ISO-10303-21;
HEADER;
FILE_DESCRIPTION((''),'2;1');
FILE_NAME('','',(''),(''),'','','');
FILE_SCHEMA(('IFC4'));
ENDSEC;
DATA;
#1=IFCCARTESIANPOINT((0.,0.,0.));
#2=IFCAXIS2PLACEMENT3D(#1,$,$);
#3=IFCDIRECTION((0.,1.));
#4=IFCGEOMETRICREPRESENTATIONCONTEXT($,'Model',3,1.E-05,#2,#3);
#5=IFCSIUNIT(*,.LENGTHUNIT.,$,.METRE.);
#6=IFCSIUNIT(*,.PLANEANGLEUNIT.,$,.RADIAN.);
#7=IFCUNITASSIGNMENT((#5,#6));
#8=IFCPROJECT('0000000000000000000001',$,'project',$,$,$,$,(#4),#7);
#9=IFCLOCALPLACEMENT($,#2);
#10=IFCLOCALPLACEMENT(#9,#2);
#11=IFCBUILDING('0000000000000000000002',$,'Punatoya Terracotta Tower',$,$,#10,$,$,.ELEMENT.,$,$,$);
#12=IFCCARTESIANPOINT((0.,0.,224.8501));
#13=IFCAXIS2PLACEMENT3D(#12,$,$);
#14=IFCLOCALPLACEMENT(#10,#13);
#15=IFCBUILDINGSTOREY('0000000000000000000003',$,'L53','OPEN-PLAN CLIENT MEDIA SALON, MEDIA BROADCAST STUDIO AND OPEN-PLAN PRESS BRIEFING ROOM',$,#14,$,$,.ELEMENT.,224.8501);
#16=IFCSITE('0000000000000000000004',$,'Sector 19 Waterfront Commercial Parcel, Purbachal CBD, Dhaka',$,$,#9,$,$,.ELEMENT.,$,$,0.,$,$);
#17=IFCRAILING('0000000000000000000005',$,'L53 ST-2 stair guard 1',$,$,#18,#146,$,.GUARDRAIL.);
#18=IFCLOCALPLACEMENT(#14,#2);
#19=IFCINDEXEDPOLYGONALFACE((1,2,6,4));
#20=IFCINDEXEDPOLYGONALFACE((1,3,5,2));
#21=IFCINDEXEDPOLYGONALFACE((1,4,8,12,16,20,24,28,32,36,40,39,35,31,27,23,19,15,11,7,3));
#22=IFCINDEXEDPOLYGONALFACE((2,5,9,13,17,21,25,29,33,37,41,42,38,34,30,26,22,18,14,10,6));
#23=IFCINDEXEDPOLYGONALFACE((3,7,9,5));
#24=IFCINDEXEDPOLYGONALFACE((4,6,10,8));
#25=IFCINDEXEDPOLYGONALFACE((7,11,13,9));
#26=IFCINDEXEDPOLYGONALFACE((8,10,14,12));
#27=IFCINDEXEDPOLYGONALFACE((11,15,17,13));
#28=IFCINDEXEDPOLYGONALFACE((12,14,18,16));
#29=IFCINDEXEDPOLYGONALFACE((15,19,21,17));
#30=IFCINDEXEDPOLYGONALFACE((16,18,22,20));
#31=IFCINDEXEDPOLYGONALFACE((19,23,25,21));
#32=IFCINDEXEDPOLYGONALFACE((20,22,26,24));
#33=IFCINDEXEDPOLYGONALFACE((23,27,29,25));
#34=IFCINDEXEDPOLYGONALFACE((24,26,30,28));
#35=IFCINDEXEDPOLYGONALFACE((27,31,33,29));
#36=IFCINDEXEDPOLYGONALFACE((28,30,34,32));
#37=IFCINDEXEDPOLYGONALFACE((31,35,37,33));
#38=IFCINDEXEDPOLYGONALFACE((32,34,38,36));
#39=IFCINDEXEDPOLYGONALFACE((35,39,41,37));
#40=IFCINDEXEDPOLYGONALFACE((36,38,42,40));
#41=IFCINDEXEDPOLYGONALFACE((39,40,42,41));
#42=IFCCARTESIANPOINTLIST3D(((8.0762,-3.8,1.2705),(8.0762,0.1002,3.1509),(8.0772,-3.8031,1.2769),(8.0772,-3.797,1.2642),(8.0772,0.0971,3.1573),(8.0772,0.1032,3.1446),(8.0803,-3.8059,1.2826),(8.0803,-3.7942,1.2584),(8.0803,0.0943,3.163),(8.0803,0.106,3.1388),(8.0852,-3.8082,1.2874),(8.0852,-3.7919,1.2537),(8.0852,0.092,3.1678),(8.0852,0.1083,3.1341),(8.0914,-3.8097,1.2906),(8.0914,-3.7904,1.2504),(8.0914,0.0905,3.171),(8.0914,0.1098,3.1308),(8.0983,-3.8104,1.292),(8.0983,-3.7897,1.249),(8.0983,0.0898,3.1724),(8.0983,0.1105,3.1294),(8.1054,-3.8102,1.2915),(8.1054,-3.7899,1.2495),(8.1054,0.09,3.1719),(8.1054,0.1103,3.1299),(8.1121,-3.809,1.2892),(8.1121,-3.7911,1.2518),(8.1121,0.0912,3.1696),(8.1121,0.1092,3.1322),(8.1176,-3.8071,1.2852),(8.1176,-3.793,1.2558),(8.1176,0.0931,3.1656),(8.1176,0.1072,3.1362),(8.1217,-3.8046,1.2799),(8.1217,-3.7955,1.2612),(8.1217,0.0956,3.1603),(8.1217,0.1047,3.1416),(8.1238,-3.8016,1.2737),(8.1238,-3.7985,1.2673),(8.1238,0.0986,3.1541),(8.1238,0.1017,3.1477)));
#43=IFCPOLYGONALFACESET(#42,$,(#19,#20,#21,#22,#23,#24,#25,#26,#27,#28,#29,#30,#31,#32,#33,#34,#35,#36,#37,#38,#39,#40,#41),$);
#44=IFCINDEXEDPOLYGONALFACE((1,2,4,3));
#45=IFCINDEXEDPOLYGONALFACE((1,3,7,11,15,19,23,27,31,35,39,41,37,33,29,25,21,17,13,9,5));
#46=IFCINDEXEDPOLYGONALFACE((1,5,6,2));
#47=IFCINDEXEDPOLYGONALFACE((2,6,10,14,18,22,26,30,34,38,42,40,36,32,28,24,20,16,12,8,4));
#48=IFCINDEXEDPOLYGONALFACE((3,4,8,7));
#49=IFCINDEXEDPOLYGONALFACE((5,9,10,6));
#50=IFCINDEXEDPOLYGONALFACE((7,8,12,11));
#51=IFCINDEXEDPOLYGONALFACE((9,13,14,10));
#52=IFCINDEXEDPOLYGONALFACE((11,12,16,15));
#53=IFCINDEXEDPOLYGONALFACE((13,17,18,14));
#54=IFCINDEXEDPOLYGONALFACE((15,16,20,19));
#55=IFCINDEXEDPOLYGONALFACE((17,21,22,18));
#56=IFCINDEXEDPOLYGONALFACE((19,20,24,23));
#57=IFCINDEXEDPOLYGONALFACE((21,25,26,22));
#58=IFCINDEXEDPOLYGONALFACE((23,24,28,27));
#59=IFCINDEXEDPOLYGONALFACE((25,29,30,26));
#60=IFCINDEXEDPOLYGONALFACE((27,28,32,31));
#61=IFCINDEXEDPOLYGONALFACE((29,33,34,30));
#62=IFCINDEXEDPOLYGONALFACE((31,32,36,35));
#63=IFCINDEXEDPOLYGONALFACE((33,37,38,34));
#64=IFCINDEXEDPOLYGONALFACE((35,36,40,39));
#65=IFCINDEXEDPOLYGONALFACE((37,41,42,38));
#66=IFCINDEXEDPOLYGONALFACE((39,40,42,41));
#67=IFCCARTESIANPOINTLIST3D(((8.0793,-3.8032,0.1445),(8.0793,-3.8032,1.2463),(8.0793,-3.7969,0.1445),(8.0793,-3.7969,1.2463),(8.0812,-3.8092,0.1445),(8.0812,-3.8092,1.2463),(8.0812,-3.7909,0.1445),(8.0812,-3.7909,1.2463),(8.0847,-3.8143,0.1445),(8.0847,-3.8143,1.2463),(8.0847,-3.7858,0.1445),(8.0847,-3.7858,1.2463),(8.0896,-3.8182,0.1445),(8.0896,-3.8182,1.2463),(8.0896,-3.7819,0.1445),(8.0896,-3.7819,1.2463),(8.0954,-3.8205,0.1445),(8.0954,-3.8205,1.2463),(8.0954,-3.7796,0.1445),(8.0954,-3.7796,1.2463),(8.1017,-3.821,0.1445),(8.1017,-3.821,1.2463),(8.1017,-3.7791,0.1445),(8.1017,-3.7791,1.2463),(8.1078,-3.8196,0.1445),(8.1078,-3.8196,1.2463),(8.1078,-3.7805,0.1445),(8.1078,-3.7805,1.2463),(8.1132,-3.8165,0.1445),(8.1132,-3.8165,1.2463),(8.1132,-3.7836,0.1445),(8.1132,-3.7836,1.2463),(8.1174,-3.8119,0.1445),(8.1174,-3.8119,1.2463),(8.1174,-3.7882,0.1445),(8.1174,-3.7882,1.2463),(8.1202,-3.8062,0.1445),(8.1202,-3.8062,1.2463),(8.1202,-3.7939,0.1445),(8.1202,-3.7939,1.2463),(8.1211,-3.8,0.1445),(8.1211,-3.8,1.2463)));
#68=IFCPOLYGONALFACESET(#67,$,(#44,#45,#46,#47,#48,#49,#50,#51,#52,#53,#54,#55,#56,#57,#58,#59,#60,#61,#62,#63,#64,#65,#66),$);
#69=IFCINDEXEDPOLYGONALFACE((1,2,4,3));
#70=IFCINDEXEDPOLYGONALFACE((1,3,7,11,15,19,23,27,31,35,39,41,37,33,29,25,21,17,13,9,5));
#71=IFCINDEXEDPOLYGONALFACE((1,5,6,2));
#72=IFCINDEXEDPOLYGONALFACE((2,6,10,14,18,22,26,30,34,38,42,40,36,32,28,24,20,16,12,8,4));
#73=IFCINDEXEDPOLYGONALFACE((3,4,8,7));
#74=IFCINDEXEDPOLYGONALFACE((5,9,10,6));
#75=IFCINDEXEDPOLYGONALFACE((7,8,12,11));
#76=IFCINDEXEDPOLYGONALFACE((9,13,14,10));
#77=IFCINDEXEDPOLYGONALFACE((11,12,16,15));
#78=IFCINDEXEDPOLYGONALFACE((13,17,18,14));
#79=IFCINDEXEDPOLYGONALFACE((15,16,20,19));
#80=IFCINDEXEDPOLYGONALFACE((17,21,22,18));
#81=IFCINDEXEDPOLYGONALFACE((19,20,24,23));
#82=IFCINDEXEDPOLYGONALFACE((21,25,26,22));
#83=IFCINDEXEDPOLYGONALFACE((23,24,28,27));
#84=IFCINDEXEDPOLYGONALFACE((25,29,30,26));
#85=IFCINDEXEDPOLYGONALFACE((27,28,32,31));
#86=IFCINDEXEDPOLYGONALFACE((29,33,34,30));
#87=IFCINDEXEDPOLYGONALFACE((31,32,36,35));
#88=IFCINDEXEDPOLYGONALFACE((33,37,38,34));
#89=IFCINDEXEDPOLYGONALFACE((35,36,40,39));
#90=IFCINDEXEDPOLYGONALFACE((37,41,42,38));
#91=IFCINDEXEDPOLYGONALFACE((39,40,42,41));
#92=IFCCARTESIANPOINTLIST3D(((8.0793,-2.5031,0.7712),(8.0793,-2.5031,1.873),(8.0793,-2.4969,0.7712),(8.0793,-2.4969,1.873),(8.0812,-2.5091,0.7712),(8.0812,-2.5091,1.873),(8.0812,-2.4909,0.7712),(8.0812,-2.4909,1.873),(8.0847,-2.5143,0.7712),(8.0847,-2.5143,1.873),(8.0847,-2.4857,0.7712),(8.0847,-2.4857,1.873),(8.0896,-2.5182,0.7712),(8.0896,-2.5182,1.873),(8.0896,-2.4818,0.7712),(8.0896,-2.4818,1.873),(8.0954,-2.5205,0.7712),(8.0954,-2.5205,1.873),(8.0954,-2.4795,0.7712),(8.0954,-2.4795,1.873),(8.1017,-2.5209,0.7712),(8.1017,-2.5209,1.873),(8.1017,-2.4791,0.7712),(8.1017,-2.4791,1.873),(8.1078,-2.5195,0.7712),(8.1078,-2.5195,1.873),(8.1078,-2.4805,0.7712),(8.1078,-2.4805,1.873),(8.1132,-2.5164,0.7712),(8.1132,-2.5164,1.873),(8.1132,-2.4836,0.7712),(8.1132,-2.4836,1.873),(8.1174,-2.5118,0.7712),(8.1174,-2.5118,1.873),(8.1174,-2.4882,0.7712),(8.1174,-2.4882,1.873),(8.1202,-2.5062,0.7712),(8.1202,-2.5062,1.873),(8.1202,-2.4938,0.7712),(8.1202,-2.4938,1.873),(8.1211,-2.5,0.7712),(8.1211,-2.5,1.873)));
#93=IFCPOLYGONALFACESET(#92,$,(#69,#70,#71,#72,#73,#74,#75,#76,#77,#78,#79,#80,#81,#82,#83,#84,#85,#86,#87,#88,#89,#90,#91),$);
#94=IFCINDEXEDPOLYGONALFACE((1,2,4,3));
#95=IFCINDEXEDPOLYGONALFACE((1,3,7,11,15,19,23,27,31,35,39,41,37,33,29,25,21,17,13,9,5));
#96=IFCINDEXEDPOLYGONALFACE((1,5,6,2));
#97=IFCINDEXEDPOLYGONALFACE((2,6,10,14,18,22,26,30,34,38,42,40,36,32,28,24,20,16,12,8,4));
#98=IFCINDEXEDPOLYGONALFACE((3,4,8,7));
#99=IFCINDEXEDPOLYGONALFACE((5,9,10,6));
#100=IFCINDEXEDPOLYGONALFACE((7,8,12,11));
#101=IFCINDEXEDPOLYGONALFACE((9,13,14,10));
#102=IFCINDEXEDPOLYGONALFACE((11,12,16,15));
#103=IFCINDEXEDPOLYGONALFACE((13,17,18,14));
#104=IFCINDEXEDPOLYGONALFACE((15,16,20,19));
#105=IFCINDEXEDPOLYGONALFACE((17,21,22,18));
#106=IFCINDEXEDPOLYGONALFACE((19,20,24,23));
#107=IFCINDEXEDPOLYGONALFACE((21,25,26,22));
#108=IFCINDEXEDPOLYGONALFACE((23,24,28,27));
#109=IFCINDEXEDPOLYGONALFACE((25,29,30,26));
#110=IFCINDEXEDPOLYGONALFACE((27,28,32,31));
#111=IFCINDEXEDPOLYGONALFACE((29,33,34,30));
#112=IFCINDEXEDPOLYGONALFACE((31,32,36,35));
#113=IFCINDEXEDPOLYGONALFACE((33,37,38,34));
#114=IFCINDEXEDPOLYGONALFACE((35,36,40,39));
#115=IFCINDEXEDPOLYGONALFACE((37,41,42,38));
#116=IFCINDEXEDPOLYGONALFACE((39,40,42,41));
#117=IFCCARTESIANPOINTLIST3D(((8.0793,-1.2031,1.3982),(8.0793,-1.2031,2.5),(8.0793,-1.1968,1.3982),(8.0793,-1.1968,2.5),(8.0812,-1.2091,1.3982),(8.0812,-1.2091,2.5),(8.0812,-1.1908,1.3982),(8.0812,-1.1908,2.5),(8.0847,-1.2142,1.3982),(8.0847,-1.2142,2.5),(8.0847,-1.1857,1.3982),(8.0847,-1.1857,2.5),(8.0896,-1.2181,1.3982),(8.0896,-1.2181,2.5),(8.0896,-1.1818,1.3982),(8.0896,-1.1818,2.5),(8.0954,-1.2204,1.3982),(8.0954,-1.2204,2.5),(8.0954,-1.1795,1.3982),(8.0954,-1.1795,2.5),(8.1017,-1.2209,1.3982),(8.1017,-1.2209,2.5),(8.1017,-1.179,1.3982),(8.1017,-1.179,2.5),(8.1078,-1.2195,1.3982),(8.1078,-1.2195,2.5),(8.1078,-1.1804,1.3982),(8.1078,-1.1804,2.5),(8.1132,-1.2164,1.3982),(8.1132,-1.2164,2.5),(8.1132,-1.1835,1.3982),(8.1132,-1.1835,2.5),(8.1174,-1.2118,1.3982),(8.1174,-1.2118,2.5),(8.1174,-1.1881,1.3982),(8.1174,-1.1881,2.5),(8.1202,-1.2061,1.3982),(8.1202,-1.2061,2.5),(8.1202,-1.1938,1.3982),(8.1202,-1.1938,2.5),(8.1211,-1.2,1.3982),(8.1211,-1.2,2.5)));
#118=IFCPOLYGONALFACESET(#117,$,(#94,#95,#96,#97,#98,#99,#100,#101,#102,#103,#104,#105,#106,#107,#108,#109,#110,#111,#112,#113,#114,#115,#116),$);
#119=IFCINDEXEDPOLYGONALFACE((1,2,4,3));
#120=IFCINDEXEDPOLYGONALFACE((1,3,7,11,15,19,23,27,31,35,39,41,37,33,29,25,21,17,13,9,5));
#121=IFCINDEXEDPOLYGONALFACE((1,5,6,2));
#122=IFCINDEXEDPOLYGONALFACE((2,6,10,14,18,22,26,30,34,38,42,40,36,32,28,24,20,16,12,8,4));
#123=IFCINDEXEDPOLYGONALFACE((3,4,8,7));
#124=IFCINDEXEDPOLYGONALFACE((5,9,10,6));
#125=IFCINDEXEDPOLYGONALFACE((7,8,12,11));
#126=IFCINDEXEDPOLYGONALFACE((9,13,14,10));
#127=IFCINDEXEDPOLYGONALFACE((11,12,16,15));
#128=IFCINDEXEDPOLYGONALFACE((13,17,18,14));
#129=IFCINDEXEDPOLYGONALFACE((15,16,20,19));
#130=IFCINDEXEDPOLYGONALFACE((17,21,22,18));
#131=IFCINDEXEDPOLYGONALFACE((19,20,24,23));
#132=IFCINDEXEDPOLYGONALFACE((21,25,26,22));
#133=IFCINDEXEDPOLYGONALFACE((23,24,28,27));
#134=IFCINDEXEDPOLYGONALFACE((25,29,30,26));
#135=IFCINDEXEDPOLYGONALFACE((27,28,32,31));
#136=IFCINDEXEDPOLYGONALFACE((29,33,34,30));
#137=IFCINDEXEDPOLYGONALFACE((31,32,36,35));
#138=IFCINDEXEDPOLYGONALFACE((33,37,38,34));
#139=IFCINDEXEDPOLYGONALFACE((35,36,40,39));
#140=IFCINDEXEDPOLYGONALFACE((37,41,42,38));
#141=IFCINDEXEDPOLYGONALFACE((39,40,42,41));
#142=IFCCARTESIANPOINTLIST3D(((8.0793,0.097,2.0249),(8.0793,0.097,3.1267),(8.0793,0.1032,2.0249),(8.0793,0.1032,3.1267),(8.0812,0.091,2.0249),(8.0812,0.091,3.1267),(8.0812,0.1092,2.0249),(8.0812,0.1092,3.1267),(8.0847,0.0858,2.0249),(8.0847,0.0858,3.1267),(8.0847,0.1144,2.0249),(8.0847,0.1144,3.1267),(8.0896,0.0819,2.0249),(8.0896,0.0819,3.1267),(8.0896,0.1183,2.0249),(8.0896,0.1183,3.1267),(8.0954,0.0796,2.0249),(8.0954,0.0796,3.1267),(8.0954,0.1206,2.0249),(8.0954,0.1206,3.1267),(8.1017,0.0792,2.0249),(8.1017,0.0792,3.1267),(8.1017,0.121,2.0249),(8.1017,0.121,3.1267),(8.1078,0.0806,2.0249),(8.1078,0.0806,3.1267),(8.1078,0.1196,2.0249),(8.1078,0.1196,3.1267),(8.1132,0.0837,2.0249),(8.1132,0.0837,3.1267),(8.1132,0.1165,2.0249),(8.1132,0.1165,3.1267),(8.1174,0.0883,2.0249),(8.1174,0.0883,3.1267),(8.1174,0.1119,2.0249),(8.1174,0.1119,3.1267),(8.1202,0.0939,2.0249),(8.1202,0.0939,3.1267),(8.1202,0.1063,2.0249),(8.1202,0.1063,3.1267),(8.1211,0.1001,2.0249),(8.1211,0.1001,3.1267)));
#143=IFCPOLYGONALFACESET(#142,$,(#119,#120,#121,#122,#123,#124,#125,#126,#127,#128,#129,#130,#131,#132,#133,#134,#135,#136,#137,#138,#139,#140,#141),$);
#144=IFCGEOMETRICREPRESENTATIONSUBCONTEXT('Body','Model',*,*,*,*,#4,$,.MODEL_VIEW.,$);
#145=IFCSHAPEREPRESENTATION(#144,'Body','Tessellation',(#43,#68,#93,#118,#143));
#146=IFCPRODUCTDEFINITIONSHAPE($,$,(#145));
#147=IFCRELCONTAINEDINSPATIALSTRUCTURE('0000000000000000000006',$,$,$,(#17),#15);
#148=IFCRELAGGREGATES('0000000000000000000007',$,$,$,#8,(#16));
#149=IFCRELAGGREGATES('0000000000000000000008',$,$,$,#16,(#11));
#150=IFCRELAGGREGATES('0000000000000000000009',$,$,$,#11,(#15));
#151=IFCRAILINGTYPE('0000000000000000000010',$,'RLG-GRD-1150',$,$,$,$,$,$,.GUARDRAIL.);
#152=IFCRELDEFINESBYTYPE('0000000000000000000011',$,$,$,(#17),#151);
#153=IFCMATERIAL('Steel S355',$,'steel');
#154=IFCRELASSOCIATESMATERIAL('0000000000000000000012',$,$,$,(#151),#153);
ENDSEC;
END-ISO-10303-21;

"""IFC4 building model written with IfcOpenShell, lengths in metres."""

from ifc_helpers import new_model, si_unit, direction, frame, origin, origin_2d, place, context, subcontext, project, spatial, circle, extrude, material, type_object, element, save


model = new_model("IFC4")

# Units and contexts
model_context = context("Model", 3, precision=1e-05, world=origin(), true_north=direction((0.0, 1.0)))
body_context = subcontext(model_context, "Body", "Model", "MODEL_VIEW")
ifc_project = project(units=[si_unit("LENGTHUNIT", "METRE"), si_unit("PLANEANGLEUNIT", "RADIAN")], contexts=[model_context])

# Site, building, storey
site_placement = place(None, origin())
site = spatial("IfcSite", under=ifc_project, at=site_placement, Name="Sector 19 Waterfront Commercial Parcel, Purbachal CBD, Dhaka", CompositionType="ELEMENT", RefElevation=0.0)
building_placement = place(site_placement, origin())
building = spatial("IfcBuilding", under=site, at=building_placement, Name="Punatoya Terracotta Tower", CompositionType="ELEMENT")
storey_placement = place(building_placement, frame((0.0, 0.0, 224.8501)))
storey = spatial("IfcBuildingStorey", under=building, at=storey_placement, Name="L53", Description="OPEN-PLAN CLIENT MEDIA SALON, MEDIA BROADCAST STUDIO AND OPEN-PLAN PRESS BRIEFING ROOM", CompositionType="ELEMENT", Elevation=224.8501)

# Railing
ifc_material_1 = material(Name="Steel S355", Category="steel")
railing_type_1 = type_object("IfcRailingType", Name="RLG-GRD-1150", PredefinedType="GUARDRAIL", material=ifc_material_1)
railing_1_placement = place(storey_placement, frame((8.1001, -3.8, 0.1445)))
element("IfcRailing", 1, at=railing_1_placement, inside=storey, type_object=railing_type_1, Name="L53 ST-2 stair guard 1", PredefinedType="GUARDRAIL", context=body_context, shape_type="SweptSolid", body=[
    extrude(circle(Radius=0.0239, at=origin_2d()), frame((0.0, 0.0, 1.126), z_axis=(0.0, 0.900774, 0.434289), x_axis=(-1.0, 0.0, 0.0)), (0.0, 0.0, 1.0), 4.3298),
    extrude(circle(Radius=0.021, at=origin_2d()), origin(), (0.0, 0.0, 1.0), 1.1018),
    extrude(circle(Radius=0.021, at=origin_2d()), frame((0.0, 1.3, 0.6267)), (0.0, 0.0, 1.0), 1.1018),
    extrude(circle(Radius=0.021, at=origin_2d()), frame((0.0, 2.6001, 1.2537)), (0.0, 0.0, 1.0), 1.1018),
    extrude(circle(Radius=0.021, at=origin_2d()), frame((0.0, 3.9001, 1.8804)), (0.0, 0.0, 1.0), 1.1018),
])

save(model, "model.ifc")
